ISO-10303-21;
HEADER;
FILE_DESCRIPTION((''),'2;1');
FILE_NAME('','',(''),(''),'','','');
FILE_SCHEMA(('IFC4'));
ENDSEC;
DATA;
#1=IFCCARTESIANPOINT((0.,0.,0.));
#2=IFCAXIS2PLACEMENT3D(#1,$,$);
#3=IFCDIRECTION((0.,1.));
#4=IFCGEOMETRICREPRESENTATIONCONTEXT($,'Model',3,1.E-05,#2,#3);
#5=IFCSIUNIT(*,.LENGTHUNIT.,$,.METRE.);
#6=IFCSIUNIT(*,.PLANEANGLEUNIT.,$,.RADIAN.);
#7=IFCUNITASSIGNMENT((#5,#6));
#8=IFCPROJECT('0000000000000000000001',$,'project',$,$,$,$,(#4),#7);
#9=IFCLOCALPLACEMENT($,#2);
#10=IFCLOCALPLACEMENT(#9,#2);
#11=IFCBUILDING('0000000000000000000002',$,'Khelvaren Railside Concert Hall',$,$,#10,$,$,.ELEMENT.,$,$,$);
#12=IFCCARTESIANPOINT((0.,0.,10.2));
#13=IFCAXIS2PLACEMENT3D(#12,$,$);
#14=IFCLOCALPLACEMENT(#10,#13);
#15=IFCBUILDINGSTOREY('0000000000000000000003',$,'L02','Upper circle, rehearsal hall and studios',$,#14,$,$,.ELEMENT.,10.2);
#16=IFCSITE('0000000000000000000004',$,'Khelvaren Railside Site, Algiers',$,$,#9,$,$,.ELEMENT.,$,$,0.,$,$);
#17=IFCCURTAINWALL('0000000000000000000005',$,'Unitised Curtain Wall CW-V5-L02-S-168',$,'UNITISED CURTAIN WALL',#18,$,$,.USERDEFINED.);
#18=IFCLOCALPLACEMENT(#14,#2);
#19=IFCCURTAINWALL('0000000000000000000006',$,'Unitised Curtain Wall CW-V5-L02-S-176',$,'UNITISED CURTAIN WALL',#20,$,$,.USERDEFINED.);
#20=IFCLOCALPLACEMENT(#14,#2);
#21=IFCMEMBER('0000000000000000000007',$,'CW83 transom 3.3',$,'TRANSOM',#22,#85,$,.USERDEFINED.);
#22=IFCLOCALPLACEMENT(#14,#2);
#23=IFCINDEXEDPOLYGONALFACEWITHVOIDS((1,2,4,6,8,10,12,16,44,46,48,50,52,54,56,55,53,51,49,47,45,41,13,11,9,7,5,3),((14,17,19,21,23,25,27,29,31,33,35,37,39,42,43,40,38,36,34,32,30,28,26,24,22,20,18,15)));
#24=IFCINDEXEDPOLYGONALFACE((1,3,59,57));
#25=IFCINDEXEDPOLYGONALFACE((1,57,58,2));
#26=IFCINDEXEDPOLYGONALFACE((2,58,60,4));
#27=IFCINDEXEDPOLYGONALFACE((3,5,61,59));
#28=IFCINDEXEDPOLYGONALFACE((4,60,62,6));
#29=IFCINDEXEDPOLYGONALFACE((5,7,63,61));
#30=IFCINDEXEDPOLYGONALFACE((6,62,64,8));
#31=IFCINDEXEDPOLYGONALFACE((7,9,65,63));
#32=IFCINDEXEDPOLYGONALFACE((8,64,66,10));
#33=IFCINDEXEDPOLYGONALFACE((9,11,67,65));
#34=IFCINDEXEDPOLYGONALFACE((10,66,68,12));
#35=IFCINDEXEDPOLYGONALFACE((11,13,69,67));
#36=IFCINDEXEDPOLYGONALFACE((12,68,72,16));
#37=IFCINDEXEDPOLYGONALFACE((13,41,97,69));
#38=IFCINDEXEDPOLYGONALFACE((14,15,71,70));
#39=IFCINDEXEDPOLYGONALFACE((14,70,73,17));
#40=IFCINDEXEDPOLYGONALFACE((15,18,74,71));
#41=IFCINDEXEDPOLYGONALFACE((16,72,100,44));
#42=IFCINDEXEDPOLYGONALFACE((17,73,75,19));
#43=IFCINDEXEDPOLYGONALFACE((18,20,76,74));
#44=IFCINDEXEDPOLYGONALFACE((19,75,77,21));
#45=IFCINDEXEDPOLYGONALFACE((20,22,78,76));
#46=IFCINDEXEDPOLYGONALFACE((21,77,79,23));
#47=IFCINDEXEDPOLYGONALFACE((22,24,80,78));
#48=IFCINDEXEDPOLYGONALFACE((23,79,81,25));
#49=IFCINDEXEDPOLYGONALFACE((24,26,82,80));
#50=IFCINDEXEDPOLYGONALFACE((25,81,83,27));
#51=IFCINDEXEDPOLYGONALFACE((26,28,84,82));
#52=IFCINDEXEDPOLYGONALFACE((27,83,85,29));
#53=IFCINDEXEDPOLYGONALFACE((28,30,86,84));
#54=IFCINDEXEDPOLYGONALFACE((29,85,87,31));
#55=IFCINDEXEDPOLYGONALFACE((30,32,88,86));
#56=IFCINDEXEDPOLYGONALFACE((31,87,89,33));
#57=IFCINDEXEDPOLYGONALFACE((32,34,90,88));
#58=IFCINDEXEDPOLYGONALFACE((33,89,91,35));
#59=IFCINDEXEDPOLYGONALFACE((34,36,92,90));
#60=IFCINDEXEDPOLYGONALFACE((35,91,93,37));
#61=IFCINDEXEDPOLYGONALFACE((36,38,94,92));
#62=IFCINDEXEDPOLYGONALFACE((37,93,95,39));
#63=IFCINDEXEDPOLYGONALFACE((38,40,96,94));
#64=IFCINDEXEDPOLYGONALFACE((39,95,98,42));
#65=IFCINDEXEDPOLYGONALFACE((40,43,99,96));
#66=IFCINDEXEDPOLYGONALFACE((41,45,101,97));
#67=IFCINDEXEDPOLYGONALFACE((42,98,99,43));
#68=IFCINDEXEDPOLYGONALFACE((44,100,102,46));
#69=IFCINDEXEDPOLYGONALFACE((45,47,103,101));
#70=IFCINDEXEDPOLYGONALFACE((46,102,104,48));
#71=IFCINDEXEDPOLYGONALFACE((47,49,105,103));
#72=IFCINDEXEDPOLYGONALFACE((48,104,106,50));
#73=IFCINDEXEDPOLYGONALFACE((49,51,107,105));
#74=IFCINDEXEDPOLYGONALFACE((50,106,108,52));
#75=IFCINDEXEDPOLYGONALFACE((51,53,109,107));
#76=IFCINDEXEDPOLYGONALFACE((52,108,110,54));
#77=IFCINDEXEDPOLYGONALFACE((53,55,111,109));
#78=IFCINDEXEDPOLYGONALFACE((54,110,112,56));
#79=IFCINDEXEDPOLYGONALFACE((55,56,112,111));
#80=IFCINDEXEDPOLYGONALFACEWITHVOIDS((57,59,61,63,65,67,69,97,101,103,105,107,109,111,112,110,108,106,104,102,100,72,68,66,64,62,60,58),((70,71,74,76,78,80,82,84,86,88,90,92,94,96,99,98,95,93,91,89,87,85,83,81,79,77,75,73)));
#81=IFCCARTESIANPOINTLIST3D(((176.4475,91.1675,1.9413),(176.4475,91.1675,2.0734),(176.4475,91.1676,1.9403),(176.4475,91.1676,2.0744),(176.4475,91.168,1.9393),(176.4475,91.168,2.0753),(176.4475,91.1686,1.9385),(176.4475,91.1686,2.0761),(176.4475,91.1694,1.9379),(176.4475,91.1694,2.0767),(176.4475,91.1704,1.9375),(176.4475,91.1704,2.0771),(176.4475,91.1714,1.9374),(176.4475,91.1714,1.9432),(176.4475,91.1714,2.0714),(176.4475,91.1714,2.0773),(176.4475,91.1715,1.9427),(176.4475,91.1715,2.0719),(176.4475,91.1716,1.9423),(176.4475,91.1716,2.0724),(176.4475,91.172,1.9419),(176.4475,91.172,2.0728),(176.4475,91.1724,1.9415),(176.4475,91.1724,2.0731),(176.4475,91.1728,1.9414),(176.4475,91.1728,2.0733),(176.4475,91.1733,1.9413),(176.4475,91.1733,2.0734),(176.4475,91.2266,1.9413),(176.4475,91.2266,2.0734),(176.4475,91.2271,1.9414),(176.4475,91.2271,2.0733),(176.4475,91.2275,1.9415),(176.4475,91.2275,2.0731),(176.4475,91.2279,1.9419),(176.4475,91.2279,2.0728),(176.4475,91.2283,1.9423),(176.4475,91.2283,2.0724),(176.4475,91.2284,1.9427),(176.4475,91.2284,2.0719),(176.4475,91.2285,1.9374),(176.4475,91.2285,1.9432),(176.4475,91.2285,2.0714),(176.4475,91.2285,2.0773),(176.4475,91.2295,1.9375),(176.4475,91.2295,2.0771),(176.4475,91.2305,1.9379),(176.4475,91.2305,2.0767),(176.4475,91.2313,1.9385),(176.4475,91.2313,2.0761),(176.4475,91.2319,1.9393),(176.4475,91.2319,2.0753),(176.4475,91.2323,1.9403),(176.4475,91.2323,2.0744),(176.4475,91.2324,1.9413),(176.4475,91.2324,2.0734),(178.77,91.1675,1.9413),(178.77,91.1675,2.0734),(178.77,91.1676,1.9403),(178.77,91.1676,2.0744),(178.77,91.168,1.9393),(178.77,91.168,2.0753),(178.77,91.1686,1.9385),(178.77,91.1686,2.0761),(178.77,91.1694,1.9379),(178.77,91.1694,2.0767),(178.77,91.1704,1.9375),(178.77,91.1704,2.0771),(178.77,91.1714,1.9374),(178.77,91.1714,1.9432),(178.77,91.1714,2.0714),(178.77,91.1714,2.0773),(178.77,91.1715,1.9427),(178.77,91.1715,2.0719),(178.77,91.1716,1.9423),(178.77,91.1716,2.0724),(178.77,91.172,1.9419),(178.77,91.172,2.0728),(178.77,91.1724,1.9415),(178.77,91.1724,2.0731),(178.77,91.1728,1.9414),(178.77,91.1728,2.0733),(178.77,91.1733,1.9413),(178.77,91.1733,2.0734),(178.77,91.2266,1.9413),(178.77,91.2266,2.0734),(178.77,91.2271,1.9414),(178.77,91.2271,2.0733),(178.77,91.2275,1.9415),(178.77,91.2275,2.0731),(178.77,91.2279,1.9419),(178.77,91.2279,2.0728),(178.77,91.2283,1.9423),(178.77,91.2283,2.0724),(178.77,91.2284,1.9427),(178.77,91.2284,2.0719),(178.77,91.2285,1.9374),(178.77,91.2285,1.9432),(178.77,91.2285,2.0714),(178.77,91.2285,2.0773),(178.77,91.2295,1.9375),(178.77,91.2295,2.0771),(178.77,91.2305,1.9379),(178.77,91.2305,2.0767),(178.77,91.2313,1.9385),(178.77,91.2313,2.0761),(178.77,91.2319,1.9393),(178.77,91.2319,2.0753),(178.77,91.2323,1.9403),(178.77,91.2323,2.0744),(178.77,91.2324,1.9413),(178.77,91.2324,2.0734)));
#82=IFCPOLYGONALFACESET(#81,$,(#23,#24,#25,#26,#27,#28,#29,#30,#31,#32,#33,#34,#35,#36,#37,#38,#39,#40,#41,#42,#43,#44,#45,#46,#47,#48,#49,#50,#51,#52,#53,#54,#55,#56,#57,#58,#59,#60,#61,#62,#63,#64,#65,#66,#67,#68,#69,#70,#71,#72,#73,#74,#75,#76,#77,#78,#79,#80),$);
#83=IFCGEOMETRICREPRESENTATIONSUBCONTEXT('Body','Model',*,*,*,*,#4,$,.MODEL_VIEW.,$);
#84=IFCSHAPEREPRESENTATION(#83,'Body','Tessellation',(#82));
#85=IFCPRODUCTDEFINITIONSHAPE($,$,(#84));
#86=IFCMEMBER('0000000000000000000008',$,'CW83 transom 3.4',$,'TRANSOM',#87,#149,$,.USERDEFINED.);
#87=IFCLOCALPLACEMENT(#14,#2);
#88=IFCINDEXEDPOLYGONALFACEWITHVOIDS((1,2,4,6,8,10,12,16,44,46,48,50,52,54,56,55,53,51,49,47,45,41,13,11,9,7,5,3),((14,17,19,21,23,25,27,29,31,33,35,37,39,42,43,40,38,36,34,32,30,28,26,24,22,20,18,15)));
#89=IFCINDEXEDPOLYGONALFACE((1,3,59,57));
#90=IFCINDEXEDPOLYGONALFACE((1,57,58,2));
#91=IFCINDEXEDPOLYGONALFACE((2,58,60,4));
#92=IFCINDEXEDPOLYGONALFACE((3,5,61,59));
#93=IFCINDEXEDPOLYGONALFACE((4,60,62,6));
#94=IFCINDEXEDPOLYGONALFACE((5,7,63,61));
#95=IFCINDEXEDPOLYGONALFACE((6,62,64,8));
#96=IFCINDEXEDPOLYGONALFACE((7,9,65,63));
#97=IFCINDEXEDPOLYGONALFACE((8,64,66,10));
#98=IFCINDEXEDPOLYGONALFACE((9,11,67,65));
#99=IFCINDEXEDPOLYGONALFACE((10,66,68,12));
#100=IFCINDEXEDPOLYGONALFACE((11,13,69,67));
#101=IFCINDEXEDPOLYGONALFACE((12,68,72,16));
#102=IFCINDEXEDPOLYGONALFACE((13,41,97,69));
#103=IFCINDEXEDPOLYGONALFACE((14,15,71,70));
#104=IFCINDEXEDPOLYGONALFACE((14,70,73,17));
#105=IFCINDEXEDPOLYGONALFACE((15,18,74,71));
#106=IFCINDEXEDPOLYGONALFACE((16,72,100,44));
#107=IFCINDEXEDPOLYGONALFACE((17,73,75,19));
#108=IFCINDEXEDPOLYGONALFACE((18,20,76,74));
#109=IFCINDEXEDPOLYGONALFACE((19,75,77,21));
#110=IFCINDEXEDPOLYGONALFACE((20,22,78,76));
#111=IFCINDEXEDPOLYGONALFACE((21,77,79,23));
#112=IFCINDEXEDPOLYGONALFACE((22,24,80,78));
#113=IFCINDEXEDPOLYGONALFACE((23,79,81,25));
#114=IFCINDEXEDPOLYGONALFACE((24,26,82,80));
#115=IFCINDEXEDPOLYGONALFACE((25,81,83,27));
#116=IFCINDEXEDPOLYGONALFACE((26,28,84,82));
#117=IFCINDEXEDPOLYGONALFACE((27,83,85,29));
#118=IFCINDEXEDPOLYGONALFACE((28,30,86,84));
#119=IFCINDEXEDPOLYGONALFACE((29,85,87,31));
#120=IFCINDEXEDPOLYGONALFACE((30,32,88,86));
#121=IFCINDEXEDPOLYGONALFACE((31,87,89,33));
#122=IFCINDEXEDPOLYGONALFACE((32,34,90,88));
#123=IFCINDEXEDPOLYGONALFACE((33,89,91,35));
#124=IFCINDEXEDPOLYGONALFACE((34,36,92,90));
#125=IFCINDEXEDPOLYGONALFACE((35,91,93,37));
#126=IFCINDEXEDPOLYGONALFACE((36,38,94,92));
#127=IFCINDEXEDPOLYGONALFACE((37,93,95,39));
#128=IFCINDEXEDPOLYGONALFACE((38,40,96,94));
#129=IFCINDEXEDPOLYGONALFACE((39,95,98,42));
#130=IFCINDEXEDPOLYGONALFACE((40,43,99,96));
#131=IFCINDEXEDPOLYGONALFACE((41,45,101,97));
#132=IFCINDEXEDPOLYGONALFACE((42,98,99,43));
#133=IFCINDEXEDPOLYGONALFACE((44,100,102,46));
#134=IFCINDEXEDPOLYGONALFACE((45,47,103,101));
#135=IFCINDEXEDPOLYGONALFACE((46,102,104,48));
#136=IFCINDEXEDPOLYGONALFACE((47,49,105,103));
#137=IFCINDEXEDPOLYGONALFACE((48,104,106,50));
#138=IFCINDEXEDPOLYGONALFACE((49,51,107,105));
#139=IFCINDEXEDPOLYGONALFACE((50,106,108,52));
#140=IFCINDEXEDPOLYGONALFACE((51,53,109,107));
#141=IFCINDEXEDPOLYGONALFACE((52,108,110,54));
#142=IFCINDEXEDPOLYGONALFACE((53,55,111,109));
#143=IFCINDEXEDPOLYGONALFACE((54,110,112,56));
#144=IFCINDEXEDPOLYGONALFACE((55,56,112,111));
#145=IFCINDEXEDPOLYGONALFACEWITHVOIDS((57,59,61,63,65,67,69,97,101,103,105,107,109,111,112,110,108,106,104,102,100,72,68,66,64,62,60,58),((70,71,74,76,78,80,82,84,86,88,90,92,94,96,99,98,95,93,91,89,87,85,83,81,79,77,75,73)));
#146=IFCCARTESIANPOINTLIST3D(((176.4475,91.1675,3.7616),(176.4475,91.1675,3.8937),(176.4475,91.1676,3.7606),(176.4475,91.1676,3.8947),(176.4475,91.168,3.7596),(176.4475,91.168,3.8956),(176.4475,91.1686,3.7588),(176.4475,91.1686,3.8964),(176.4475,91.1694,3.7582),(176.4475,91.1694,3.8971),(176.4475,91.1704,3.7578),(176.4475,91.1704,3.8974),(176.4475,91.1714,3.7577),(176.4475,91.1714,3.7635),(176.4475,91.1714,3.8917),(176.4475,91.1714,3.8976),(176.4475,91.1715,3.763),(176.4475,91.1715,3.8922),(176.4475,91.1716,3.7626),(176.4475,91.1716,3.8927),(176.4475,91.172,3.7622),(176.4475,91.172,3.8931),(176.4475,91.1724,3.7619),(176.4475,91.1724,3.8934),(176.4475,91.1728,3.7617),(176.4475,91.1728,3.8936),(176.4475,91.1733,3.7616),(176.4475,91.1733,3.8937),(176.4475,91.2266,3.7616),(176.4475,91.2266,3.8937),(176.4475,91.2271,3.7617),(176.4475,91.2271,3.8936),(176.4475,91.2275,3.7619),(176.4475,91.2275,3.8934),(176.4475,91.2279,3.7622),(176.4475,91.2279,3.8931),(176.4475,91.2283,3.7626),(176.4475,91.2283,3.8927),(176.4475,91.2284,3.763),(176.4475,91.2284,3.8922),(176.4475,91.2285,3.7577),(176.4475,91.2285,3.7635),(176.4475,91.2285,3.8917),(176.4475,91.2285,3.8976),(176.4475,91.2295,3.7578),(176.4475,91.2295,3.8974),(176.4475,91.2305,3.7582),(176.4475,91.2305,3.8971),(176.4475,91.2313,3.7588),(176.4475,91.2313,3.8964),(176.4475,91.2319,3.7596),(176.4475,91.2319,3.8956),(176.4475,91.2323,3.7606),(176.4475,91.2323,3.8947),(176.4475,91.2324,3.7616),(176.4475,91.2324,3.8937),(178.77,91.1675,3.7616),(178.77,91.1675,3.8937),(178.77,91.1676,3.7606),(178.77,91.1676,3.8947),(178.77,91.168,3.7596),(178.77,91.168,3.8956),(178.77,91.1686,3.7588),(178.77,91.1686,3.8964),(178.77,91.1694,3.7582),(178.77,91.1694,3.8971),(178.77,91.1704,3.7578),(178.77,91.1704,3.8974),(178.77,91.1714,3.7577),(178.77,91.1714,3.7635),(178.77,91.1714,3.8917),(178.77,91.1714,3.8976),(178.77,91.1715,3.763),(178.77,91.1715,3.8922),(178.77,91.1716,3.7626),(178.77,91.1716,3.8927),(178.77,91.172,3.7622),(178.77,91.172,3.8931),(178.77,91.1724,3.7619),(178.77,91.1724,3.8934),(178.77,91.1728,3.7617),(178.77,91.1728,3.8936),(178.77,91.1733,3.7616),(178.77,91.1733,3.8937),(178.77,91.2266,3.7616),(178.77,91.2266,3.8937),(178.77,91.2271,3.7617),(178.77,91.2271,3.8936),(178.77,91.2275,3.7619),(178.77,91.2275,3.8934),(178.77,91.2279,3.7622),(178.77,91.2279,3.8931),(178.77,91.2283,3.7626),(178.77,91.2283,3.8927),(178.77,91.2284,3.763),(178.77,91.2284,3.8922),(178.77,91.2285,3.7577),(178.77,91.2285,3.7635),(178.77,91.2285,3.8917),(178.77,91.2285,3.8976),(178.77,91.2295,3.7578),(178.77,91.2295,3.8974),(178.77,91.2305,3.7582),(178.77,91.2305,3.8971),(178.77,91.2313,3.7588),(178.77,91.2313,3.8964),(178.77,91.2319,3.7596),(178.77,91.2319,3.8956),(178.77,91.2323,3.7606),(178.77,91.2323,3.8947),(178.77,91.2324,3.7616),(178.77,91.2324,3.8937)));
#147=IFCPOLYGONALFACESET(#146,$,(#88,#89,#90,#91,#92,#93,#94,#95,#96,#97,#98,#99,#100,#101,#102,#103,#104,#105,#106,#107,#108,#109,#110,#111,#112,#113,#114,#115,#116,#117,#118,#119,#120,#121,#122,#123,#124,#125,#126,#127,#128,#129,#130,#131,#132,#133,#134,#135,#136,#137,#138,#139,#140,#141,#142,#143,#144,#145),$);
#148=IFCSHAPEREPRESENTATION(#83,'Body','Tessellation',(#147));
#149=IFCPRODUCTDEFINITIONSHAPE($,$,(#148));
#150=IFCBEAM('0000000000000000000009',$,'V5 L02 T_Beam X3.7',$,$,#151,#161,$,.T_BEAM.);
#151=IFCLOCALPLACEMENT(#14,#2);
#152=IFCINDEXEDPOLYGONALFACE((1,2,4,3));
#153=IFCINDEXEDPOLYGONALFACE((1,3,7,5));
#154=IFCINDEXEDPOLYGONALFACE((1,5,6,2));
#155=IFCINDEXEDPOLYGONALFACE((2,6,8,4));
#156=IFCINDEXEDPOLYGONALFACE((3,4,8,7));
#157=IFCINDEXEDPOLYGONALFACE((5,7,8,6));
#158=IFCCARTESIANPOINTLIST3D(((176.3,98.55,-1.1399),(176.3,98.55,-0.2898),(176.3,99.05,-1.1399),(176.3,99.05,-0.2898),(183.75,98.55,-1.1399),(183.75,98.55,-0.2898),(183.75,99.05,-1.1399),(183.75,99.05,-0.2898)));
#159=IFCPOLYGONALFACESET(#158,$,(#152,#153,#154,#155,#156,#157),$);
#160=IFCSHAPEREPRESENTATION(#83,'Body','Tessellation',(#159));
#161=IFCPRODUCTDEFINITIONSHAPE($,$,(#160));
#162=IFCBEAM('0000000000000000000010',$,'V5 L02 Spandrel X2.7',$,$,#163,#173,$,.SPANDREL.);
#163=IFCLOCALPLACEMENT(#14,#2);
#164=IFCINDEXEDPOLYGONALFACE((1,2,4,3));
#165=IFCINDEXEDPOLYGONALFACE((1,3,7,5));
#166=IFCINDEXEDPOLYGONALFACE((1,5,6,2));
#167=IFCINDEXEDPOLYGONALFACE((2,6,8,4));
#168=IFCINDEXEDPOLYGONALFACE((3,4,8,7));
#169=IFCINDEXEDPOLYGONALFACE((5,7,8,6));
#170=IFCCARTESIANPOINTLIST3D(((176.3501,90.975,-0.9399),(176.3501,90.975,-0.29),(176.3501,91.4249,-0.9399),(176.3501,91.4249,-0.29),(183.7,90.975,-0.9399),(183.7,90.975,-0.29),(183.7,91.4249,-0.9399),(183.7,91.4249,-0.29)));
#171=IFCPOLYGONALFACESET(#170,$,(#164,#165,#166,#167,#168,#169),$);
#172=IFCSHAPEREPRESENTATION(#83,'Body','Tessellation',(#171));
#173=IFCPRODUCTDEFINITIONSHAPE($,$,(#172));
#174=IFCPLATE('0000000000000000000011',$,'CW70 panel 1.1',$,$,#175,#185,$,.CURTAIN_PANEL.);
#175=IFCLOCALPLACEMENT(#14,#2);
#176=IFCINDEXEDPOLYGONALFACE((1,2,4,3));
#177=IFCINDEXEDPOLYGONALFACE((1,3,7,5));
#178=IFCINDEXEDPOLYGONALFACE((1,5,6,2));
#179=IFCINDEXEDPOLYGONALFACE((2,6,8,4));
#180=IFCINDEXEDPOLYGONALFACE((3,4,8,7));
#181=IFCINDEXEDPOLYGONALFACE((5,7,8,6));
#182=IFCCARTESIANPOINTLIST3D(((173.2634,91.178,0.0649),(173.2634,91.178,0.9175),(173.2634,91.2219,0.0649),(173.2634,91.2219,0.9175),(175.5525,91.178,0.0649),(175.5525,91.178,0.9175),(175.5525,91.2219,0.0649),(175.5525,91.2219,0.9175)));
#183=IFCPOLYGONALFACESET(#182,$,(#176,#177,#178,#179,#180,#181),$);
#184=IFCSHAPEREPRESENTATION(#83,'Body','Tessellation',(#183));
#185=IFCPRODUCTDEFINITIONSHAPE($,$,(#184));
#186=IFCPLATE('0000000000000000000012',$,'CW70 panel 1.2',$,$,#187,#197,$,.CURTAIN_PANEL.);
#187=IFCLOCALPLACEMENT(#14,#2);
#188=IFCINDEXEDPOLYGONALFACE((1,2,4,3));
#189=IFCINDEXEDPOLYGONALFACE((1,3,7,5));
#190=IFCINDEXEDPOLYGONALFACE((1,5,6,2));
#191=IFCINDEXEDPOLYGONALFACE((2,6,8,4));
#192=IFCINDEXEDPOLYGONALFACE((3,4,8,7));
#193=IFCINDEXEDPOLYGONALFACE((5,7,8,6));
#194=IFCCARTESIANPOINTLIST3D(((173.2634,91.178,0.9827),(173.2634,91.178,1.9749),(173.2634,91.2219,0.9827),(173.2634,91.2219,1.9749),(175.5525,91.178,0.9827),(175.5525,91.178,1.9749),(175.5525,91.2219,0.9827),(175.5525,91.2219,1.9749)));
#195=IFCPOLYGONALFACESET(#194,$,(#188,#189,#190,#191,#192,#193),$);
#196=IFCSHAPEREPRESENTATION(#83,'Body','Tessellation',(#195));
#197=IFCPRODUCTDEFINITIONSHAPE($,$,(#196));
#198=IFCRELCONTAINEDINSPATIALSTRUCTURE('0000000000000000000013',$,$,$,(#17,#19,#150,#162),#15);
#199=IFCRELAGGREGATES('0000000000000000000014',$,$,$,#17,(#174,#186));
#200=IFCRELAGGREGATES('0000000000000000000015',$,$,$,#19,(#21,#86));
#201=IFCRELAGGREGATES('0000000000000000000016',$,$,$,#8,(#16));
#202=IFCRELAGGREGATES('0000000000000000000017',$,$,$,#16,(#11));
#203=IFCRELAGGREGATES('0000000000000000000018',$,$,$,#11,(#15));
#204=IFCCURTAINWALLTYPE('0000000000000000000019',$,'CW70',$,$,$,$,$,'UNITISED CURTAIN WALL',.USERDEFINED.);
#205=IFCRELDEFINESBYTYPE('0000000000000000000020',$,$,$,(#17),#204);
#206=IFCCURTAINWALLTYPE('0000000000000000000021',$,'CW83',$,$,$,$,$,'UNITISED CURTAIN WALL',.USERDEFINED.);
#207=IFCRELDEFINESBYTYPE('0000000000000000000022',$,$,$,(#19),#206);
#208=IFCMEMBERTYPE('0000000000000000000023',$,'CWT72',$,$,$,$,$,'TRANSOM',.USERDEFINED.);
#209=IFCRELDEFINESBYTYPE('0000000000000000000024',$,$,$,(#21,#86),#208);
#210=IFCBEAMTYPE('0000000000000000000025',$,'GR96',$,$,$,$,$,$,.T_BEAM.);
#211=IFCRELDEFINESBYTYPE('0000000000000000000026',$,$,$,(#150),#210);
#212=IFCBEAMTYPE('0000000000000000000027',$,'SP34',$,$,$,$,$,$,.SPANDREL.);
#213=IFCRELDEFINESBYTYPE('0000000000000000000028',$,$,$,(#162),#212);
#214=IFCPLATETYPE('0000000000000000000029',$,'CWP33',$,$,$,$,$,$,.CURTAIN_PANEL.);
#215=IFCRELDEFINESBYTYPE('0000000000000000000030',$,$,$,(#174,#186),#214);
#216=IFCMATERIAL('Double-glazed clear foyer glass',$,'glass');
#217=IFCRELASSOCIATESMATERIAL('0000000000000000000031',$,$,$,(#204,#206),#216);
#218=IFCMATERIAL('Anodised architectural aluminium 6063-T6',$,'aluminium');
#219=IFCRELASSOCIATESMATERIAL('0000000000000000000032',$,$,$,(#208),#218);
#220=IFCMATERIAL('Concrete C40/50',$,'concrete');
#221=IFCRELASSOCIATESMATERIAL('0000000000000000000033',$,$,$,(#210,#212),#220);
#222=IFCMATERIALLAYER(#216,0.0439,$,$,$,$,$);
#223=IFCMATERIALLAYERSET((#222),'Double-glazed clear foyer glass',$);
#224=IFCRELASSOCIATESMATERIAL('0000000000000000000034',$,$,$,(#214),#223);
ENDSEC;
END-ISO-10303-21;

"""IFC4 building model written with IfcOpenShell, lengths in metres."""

from ifc_helpers import new_model, si_unit, direction, frame, origin, origin_2d, place, context, subcontext, project, spatial, rectangle, hollow_rectangle, extrude, material, layer, layer_set, material_profile, profile_set, type_object, element, aggregate, save


model = new_model("IFC4")

# Units and contexts
model_context = context("Model", 3, precision=1e-05, world=origin(), true_north=direction((0.0, 1.0)))
body_context = subcontext(model_context, "Body", "Model", "MODEL_VIEW")
ifc_project = project(units=[si_unit("LENGTHUNIT", "METRE"), si_unit("PLANEANGLEUNIT", "RADIAN")], contexts=[model_context])

# Site, building, storey
site_placement = place(None, origin())
site = spatial("IfcSite", under=ifc_project, at=site_placement, Name="Khelvaren Railside Site, Algiers", CompositionType="ELEMENT", RefElevation=0.0)
building_placement = place(site_placement, origin())
building = spatial("IfcBuilding", under=site, at=building_placement, Name="Khelvaren Railside Concert Hall", CompositionType="ELEMENT")
storey_placement = place(building_placement, frame((0.0, 0.0, 10.2)))
storey = spatial("IfcBuildingStorey", under=building, at=storey_placement, Name="L02", Description="Upper circle, rehearsal hall and studios", CompositionType="ELEMENT", Elevation=10.2)

# Curtain walls
ifc_material_1 = material(Name="Double-glazed clear foyer glass", Category="glass")
curtain_wall_type_1 = type_object("IfcCurtainWallType", Name="CW70", ElementType="UNITISED CURTAIN WALL", PredefinedType="USERDEFINED", material=ifc_material_1)
curtain_wall_1_placement = place(storey_placement, origin())
curtain_wall_1 = element("IfcCurtainWall", 1, at=curtain_wall_1_placement, inside=storey, type_object=curtain_wall_type_1, Name="Unitised Curtain Wall CW-V5-L02-S-168", ObjectType="UNITISED CURTAIN WALL", PredefinedType="USERDEFINED")
ifc_material_2 = material(Name="Anodised architectural aluminium 6063-T6", Category="aluminium")
curtain_wall_type_2 = type_object("IfcCurtainWallType", Name="CW83", ElementType="UNITISED CURTAIN WALL", PredefinedType="USERDEFINED", material=ifc_material_1)
curtain_wall_2_placement = place(storey_placement, origin())
curtain_wall_2 = element("IfcCurtainWall", 2, at=curtain_wall_2_placement, inside=storey, type_object=curtain_wall_type_2, Name="Unitised Curtain Wall CW-V5-L02-S-176", ObjectType="UNITISED CURTAIN WALL", PredefinedType="USERDEFINED")

# Members
ifc_material_profile_1 = material_profile(ifc_material_2, hollow_rectangle(XDim=0.0649, YDim=0.1399, WallThickness=0.0039, InnerFilletRadius=0.002, OuterFilletRadius=0.0039, at=origin_2d()), Name="CWT 65x140x4")
ifc_profile_set_1 = profile_set([ifc_material_profile_1], Name="Anodised architectural aluminium 6063-T6")
member_type_1 = type_object("IfcMemberType", Name="CWT72", ElementType="TRANSOM", PredefinedType="USERDEFINED", material=ifc_profile_set_1)
member_1_placement = place(storey_placement, frame((178.77, 91.2, 2.0073), z_axis=(-1.0, 0.0, 0.0), x_axis=(0.0, -1.0, 0.0)))
member_1 = element("IfcMember", 3, at=member_1_placement, type_object=member_type_1, Name="CW83 transom 3.3", ObjectType="TRANSOM", PredefinedType="USERDEFINED", context=body_context, shape_type="SweptSolid", body=[
    extrude(hollow_rectangle(XDim=0.0649, YDim=0.1399, WallThickness=0.0039, InnerFilletRadius=0.002, OuterFilletRadius=0.0039, at=origin_2d()), origin(), (0.0, 0.0, 1.0), 2.3225),
])
member_2_placement = place(storey_placement, frame((178.77, 91.2, 3.8276), z_axis=(-1.0, 0.0, 0.0), x_axis=(0.0, -1.0, 0.0)))
member_2 = element("IfcMember", 4, at=member_2_placement, type_object=member_type_1, Name="CW83 transom 3.4", ObjectType="TRANSOM", PredefinedType="USERDEFINED", context=body_context, shape_type="SweptSolid", body=[
    extrude(hollow_rectangle(XDim=0.0649, YDim=0.1399, WallThickness=0.0039, InnerFilletRadius=0.002, OuterFilletRadius=0.0039, at=origin_2d()), origin(), (0.0, 0.0, 1.0), 2.3225),
])

# Beams
ifc_material_3 = material(Name="Concrete C40/50", Category="concrete")
ifc_material_profile_2 = material_profile(ifc_material_3, rectangle(XDim=0.5, YDim=0.8501, at=origin_2d()), Name="RCB 500x850")
ifc_profile_set_2 = profile_set([ifc_material_profile_2], Name="Concrete C40/50")
beam_type_1 = type_object("IfcBeamType", Name="GR96", PredefinedType="T_BEAM", material=ifc_profile_set_2)
beam_1_placement = place(storey_placement, frame((176.3, 98.8, -0.7148), z_axis=(1.0, 0.0, 0.0), x_axis=(0.0, 1.0, 0.0)))
element("IfcBeam", 5, at=beam_1_placement, inside=storey, type_object=beam_type_1, Name="V5 L02 T_Beam X3.7", PredefinedType="T_BEAM", context=body_context, shape_type="SweptSolid", body=[
    extrude(rectangle(XDim=0.5, YDim=0.8501, at=origin_2d()), origin(), (0.0, 0.0, 1.0), 7.45),
])
ifc_material_profile_3 = material_profile(ifc_material_3, rectangle(XDim=0.45, YDim=0.6499, at=origin_2d()), Name="RCB 450x650")
ifc_profile_set_3 = profile_set([ifc_material_profile_3], Name="Concrete C40/50")
beam_type_2 = type_object("IfcBeamType", Name="SP34", PredefinedType="SPANDREL", material=ifc_profile_set_3)
beam_2_placement = place(storey_placement, frame((176.3501, 91.2, -0.615), z_axis=(1.0, 0.0, 0.0), x_axis=(0.0, 1.0, 0.0)))
element("IfcBeam", 6, at=beam_2_placement, inside=storey, type_object=beam_type_2, Name="V5 L02 Spandrel X2.7", PredefinedType="SPANDREL", context=body_context, shape_type="SweptSolid", body=[
    extrude(rectangle(XDim=0.45, YDim=0.6499, at=origin_2d()), origin(), (0.0, 0.0, 1.0), 7.3499),
])

# Plates
ifc_layer_1 = layer(ifc_material_1, 0.0439)
ifc_layer_set_1 = layer_set([ifc_layer_1], Name="Double-glazed clear foyer glass")
plate_type = type_object("IfcPlateType", Name="CWP33", PredefinedType="CURTAIN_PANEL", material=ifc_layer_set_1)
plate_1_placement = place(storey_placement, frame((174.408, 91.2, 0.0649), z_axis=(0.0, 0.0, 1.0), x_axis=(-1.0, 0.0, 0.0)))
plate_1 = element("IfcPlate", 7, at=plate_1_placement, type_object=plate_type, Name="CW70 panel 1.1", PredefinedType="CURTAIN_PANEL", context=body_context, shape_type="SweptSolid", body=[
    extrude(rectangle(XDim=2.2891, YDim=0.0439, at=origin_2d()), origin(), (0.0, 0.0, 1.0), 0.8525),
])
plate_2_placement = place(storey_placement, frame((174.408, 91.2, 0.9827), z_axis=(0.0, 0.0, 1.0), x_axis=(-1.0, 0.0, 0.0)))
plate_2 = element("IfcPlate", 8, at=plate_2_placement, type_object=plate_type, Name="CW70 panel 1.2", PredefinedType="CURTAIN_PANEL", context=body_context, shape_type="SweptSolid", body=[
    extrude(rectangle(XDim=2.2891, YDim=0.0439, at=origin_2d()), origin(), (0.0, 0.0, 1.0), 0.9922),
])
aggregate(curtain_wall_1, [plate_1, plate_2])
aggregate(curtain_wall_2, [member_1, member_2])

save(model, "model.ifc")
